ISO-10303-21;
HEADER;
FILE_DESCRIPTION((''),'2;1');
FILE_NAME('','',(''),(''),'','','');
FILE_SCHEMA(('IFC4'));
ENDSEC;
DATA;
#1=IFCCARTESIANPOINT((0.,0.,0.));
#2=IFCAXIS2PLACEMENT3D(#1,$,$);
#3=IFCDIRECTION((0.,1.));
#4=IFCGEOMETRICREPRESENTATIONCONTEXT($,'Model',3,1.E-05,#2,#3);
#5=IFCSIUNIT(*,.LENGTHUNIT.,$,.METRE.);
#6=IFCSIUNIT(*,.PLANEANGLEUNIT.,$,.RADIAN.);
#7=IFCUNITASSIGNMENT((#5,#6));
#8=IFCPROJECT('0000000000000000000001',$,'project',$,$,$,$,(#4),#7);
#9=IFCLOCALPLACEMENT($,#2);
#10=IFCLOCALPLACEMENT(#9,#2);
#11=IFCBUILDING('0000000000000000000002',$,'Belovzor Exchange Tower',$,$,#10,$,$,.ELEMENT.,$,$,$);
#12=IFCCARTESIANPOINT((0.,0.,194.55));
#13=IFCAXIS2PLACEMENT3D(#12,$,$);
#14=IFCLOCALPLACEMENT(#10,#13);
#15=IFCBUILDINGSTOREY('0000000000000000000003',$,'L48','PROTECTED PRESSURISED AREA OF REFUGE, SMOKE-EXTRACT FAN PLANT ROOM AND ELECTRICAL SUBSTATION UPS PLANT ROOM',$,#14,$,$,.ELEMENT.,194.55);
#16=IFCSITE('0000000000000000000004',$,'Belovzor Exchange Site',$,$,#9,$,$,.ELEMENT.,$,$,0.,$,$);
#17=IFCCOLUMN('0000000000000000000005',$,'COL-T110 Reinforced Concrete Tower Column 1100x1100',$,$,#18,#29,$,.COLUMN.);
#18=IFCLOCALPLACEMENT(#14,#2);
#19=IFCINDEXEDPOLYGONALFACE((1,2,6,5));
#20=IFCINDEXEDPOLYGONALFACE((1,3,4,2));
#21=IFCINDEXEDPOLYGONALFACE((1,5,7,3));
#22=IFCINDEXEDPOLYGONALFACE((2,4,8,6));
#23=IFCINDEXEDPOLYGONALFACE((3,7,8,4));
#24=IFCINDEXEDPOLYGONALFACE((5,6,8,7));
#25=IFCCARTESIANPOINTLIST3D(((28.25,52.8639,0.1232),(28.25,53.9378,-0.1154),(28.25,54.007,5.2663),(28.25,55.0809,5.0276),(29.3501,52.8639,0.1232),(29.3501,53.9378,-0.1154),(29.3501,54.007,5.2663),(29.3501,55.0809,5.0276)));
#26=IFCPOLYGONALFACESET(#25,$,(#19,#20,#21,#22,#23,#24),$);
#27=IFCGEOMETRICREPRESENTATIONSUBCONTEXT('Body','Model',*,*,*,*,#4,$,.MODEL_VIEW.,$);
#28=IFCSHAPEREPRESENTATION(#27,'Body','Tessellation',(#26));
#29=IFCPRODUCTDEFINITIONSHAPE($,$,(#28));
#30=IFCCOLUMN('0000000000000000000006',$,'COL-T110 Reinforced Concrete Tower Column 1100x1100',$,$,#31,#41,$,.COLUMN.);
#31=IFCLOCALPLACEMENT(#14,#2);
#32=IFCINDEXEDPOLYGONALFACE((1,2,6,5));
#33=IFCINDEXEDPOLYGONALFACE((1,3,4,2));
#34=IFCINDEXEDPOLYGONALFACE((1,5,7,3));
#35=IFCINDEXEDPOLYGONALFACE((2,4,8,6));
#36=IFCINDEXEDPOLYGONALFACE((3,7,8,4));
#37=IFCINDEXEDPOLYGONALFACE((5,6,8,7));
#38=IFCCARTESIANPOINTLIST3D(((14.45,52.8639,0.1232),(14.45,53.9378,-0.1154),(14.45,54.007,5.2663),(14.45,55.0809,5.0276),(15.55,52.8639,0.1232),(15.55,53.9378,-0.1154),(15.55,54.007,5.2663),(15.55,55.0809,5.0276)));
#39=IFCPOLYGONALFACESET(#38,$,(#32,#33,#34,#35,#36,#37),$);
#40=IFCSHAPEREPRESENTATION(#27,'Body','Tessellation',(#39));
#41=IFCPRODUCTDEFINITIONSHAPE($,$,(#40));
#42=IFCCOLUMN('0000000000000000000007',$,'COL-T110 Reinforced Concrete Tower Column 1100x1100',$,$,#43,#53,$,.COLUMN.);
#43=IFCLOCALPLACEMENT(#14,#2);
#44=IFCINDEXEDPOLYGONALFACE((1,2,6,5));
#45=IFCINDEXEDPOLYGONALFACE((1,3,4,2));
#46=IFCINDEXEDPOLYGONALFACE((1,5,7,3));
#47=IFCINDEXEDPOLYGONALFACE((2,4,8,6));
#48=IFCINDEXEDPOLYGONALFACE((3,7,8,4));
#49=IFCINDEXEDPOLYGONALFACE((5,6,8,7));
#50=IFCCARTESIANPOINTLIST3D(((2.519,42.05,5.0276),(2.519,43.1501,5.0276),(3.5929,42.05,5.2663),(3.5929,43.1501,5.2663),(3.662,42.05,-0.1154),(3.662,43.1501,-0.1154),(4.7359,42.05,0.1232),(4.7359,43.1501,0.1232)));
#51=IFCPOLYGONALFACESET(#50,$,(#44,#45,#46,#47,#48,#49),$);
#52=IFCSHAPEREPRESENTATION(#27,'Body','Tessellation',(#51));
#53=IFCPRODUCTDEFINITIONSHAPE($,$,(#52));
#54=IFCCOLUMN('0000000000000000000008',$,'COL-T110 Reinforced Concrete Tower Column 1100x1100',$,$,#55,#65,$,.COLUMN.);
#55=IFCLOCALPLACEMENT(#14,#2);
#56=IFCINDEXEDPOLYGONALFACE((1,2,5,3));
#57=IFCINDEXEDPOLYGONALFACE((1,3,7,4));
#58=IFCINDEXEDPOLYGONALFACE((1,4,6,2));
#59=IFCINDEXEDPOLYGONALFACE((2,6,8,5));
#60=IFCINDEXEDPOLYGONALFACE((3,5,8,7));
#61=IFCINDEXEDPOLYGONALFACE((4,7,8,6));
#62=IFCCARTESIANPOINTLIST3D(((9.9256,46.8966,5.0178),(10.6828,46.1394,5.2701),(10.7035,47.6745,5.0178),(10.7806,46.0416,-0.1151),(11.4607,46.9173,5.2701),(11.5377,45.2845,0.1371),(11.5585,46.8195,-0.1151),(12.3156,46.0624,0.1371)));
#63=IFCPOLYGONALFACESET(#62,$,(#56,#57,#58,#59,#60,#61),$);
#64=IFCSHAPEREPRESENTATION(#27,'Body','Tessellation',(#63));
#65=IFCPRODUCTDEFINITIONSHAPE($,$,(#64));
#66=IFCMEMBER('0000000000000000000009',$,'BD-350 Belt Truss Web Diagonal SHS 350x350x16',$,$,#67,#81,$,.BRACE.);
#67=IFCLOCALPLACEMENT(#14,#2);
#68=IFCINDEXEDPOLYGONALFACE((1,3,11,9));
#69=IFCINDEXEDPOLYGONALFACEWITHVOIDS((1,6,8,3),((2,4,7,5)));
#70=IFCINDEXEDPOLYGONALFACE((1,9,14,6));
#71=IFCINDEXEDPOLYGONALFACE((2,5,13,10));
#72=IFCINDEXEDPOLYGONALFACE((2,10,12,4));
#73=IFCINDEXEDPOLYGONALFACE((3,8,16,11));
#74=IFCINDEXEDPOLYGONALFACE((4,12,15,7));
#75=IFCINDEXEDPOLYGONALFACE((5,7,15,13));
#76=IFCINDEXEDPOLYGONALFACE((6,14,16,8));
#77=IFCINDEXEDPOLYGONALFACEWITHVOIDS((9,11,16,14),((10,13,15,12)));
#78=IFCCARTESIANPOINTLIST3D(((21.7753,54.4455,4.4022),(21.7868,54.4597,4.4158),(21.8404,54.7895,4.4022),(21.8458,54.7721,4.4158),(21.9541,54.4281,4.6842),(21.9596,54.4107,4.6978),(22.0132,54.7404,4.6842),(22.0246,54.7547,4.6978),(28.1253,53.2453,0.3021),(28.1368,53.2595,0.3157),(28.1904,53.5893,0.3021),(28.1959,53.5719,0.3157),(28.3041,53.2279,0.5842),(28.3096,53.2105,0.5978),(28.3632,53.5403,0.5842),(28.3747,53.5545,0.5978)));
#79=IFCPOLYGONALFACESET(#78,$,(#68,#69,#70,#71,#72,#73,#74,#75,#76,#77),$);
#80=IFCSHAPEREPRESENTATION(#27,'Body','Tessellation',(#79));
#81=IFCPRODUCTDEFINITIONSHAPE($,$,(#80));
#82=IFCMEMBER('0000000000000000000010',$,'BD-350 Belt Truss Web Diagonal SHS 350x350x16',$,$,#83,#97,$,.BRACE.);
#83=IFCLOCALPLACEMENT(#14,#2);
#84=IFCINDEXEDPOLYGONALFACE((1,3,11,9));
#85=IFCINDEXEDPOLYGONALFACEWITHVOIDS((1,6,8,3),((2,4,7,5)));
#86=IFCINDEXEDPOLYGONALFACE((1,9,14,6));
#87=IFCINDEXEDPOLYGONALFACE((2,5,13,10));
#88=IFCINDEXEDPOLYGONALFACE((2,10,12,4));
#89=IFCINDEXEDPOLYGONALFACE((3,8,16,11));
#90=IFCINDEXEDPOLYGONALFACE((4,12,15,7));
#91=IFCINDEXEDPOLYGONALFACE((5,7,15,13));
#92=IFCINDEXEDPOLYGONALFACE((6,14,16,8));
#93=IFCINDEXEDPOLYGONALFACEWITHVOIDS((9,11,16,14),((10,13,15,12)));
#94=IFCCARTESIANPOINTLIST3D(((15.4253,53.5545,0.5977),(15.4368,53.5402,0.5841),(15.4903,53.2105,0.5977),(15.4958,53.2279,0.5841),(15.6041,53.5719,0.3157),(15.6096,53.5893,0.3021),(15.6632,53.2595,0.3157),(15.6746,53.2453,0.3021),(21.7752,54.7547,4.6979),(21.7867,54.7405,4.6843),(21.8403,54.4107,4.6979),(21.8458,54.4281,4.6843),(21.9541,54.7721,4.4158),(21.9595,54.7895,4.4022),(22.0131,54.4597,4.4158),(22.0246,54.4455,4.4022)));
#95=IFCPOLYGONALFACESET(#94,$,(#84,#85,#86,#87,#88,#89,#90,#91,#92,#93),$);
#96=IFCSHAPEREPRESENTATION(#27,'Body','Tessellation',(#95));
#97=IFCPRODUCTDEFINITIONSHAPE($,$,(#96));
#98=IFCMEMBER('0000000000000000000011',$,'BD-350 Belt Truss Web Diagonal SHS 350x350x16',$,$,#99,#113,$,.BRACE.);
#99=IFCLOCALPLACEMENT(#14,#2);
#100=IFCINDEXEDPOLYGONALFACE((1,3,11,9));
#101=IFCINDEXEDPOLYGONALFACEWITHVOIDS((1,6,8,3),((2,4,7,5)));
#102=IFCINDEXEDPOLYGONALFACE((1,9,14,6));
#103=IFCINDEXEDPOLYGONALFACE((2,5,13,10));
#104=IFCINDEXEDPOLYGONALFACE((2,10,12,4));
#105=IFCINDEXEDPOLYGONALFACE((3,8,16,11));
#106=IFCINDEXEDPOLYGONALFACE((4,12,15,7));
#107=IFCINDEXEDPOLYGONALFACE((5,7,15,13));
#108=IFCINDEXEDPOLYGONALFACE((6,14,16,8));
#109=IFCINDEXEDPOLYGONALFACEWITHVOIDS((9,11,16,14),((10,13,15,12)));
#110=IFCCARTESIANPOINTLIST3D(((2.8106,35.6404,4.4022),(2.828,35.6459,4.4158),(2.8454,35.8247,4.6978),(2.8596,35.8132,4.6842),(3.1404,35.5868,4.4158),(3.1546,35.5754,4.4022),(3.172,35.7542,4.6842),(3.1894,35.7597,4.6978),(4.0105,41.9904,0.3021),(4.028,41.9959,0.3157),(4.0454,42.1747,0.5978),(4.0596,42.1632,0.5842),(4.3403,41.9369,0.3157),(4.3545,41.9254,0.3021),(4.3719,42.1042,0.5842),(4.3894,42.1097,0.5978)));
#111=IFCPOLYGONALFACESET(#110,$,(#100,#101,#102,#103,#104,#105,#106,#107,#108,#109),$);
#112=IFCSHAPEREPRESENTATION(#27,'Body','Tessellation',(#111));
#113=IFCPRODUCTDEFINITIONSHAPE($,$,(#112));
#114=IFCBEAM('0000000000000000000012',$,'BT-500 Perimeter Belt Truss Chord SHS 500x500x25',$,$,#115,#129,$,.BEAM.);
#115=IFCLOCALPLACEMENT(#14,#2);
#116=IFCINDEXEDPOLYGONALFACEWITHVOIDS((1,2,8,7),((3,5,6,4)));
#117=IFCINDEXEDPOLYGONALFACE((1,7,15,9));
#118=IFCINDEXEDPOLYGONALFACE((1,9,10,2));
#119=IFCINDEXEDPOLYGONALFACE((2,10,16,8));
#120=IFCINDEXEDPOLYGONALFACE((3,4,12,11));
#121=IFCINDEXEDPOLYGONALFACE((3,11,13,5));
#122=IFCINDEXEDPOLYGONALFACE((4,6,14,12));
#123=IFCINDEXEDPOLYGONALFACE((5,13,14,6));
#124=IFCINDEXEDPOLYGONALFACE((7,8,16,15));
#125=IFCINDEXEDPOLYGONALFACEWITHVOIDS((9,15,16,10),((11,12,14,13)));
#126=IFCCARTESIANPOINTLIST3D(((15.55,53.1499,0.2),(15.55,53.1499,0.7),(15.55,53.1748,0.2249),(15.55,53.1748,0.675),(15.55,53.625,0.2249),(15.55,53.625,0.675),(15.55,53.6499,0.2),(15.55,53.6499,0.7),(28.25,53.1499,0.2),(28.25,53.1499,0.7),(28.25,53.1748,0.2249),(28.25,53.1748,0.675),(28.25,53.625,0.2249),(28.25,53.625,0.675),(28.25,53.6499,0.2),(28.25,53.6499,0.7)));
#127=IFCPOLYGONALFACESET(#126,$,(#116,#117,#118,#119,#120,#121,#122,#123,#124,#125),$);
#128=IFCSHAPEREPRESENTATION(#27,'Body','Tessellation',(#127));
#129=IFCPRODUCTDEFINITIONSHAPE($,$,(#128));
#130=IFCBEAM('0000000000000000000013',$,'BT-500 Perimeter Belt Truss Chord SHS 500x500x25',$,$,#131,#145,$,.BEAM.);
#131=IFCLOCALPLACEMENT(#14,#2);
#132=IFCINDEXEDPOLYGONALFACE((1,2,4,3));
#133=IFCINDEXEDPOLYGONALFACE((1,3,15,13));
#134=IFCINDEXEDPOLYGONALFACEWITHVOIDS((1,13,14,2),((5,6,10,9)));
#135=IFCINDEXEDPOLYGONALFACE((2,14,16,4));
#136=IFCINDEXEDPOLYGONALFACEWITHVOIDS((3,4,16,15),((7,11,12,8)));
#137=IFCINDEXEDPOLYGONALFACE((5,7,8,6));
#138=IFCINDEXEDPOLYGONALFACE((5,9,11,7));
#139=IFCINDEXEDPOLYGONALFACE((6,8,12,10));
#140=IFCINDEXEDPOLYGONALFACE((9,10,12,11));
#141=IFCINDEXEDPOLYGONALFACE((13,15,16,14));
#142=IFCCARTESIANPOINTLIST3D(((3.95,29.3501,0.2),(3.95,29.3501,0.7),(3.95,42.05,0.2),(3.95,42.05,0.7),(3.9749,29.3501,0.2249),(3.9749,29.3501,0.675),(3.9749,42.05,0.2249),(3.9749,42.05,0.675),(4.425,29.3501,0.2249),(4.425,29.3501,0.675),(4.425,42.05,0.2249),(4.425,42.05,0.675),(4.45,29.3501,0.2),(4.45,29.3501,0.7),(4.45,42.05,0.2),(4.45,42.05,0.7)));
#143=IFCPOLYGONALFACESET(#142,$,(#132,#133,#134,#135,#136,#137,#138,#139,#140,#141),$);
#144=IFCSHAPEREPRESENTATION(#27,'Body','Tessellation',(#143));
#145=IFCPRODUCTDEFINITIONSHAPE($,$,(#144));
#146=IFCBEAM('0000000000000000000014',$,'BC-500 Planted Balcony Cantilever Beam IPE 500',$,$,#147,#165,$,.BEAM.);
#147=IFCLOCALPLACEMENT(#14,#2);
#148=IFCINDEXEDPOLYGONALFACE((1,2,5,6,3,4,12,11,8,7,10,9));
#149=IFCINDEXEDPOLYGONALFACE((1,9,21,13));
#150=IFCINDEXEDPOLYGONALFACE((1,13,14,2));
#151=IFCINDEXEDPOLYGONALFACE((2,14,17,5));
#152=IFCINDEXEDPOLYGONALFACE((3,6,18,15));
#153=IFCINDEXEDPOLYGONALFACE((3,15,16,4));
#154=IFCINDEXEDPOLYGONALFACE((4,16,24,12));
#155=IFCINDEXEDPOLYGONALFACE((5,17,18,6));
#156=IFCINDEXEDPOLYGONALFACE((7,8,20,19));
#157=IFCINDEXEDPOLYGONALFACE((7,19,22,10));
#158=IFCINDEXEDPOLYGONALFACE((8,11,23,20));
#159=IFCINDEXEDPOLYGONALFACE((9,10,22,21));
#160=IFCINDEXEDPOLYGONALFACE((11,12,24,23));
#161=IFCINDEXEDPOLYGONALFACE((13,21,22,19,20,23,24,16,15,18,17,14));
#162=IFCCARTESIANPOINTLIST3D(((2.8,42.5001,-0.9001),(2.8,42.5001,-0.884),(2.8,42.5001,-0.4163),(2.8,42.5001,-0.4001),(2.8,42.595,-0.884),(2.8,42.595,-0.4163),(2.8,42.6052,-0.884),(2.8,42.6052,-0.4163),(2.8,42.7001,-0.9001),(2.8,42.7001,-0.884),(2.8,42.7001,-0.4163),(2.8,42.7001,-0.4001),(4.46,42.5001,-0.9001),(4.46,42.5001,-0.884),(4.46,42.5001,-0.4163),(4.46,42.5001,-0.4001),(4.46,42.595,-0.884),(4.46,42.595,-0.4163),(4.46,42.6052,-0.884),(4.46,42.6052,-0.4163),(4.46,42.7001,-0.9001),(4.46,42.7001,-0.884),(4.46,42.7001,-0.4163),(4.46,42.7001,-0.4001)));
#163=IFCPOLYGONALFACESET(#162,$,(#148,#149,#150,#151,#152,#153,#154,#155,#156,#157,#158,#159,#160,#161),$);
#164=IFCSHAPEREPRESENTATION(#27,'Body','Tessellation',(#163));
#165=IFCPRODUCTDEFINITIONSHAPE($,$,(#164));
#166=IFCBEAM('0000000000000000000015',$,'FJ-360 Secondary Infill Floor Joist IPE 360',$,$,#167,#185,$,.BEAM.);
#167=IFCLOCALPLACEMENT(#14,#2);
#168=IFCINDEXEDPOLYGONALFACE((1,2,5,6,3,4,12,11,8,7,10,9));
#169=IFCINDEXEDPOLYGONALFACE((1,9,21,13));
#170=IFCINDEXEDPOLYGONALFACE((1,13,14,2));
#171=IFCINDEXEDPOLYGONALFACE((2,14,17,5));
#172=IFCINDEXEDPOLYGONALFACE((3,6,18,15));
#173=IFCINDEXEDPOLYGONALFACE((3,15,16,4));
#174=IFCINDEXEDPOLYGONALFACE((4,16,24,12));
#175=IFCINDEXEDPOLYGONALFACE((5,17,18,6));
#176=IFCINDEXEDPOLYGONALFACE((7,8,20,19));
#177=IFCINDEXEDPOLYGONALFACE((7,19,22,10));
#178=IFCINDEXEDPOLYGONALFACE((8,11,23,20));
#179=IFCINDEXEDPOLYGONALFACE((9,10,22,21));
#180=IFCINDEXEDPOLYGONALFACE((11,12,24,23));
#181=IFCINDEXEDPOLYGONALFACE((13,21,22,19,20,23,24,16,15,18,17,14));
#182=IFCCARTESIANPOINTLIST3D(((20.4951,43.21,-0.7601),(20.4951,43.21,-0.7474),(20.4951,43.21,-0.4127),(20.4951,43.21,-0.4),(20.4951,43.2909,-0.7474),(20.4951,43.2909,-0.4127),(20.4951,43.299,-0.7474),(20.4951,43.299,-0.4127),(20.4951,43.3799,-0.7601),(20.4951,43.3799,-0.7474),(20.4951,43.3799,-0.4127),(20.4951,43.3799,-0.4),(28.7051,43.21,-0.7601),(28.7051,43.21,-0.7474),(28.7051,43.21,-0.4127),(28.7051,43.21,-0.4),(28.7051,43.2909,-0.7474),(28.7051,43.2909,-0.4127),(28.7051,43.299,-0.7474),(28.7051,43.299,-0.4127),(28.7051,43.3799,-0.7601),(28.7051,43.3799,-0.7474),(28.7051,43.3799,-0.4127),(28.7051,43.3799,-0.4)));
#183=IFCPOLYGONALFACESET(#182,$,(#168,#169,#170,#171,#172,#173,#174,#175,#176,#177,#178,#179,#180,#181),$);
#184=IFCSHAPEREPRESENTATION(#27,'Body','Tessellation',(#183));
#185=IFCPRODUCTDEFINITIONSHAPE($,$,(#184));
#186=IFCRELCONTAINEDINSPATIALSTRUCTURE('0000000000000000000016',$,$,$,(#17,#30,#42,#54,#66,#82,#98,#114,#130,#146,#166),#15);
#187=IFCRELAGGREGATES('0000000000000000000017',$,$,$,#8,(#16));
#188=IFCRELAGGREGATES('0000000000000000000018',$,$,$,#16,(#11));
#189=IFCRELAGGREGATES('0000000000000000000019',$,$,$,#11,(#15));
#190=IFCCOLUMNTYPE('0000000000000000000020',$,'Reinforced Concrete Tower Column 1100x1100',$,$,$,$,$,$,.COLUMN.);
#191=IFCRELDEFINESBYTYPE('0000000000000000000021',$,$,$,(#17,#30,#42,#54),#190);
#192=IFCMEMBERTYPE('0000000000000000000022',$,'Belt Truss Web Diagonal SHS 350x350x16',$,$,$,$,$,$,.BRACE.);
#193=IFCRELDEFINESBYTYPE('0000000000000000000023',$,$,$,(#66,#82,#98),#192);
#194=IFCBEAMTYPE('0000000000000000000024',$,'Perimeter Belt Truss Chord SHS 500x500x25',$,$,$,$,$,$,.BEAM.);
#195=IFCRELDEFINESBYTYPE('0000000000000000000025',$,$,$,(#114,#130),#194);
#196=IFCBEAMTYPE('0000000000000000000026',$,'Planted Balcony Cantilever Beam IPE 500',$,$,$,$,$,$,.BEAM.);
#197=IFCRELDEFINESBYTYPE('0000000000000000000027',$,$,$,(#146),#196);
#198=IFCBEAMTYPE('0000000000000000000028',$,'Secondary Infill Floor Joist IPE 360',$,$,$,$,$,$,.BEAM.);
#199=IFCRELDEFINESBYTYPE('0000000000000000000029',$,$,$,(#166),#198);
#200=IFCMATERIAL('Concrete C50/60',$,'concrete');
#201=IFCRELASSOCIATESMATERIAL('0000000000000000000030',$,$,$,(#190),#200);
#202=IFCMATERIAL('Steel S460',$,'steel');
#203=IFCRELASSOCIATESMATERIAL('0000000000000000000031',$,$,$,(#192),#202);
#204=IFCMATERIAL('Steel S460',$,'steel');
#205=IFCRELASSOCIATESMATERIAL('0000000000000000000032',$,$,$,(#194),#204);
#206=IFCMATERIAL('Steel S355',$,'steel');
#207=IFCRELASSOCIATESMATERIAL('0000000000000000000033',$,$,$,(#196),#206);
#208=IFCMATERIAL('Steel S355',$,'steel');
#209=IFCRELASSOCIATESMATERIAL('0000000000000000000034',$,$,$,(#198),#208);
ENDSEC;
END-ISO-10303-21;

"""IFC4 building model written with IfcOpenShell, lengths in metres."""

from ifc_helpers import new_model, si_unit, direction, frame, origin, origin_2d, place, context, subcontext, project, spatial, rectangle, hollow_rectangle, i_section, extrude, material, material_profile, profile_set, type_object, element, save


model = new_model("IFC4")

# Units and contexts
model_context = context("Model", 3, precision=1e-05, world=origin(), true_north=direction((0.0, 1.0)))
body_context = subcontext(model_context, "Body", "Model", "MODEL_VIEW")
ifc_project = project(units=[si_unit("LENGTHUNIT", "METRE"), si_unit("PLANEANGLEUNIT", "RADIAN")], contexts=[model_context])

# Site, building, storey
site_placement = place(None, origin())
site = spatial("IfcSite", under=ifc_project, at=site_placement, Name="Belovzor Exchange Site", CompositionType="ELEMENT", RefElevation=0.0)
building_placement = place(site_placement, origin())
building = spatial("IfcBuilding", under=site, at=building_placement, Name="Belovzor Exchange Tower", CompositionType="ELEMENT")
storey_placement = place(building_placement, frame((0.0, 0.0, 194.55)))
storey = spatial("IfcBuildingStorey", under=building, at=storey_placement, Name="L48", Description="PROTECTED PRESSURISED AREA OF REFUGE, SMOKE-EXTRACT FAN PLANT ROOM AND ELECTRICAL SUBSTATION UPS PLANT ROOM", CompositionType="ELEMENT", Elevation=194.55)

# Columns
ifc_material_1 = material(Name="Concrete C50/60", Category="concrete")
ifc_material_profile_1 = material_profile(ifc_material_1, rectangle(XDim=1.1001, YDim=1.1001, at=origin_2d()))
ifc_profile_set_1 = profile_set([ifc_material_profile_1], Name="Concrete C50/60")
column_type = type_object("IfcColumnType", Name="Reinforced Concrete Tower Column 1100x1100", PredefinedType="COLUMN", material=ifc_profile_set_1)
for number, where, z_axis, x_axis, name in (
    (1, (28.8, 53.4009, 0.0039), (0.0, 0.21696, 0.976181), (-1.0, 0.0, 0.0), "COL-T110 Reinforced Concrete Tower Column 1100x1100"),
    (2, (15.0, 53.4009, 0.0039), (0.0, 0.21696, 0.976181), (-1.0, 0.0, 0.0), "COL-T110 Reinforced Concrete Tower Column 1100x1100"),
    (3, (4.199, 42.6001, 0.0039), (-0.21696, 0.0, 0.976181), (0.0, -1.0, 0.0), "COL-T110 Reinforced Concrete Tower Column 1100x1100"),
):
    element("IfcColumn", number, at=place(storey_placement, frame(where, z_axis=z_axis, x_axis=x_axis)), inside=storey, type_object=column_type, Name=name, PredefinedType="COLUMN", context=body_context, shape_type="SweptSolid", body=[
        extrude(rectangle(XDim=1.1001, YDim=1.1001, at=origin_2d()), origin(), (0.0, 0.0, 1.0), 5.2686),
    ])
column_placement = place(storey_placement, frame((11.5481, 46.052, 0.011), z_axis=(-0.162126, 0.162126, 0.97336), x_axis=(-0.707107, -0.707107, 0.0)))
element("IfcColumn", 4, at=column_placement, inside=storey, type_object=column_type, Name="COL-T110 Reinforced Concrete Tower Column 1100x1100", PredefinedType="COLUMN", context=body_context, shape_type="SweptSolid", body=[
    extrude(rectangle(XDim=1.1001, YDim=1.1001, at=origin_2d()), origin(), (0.0, 0.0, 1.0), 5.2734),
])

# Members
ifc_material_2 = material(Name="Steel S460", Category="steel")
ifc_material_profile_2 = material_profile(ifc_material_2, hollow_rectangle(XDim=0.3501, YDim=0.3501, WallThickness=0.0161, at=origin_2d()))
ifc_profile_set_2 = profile_set([ifc_material_profile_2], Name="Steel S460")
member_type_1 = type_object("IfcMemberType", Name="Belt Truss Web Diagonal SHS 350x350x16", PredefinedType="BRACE", material=ifc_profile_set_2)
for number, where, z_axis, x_axis, name in (
    (5, (28.25, 53.3999, 0.45), (-0.829706, 0.156818, 0.53572), (-0.185716, -0.982603, 0.0), "BD-350 Belt Truss Web Diagonal SHS 350x350x16"),
    (6, (21.8999, 54.6001, 4.55), (-0.829696, -0.156822, -0.535734), (0.185723, -0.982602, 0.0), "BD-350 Belt Truss Web Diagonal SHS 350x350x16"),
    (7, (4.2, 42.05, 0.45), (-0.156787, -0.82971, 0.535723), (0.98261, -0.18568, 0.0), "BD-350 Belt Truss Web Diagonal SHS 350x350x16"),
):
    element("IfcMember", number, at=place(storey_placement, frame(where, z_axis=z_axis, x_axis=x_axis)), inside=storey, type_object=member_type_1, Name=name, PredefinedType="BRACE", context=body_context, shape_type="SweptSolid", body=[
        extrude(hollow_rectangle(XDim=0.3501, YDim=0.3501, WallThickness=0.0161, at=origin_2d()), origin(), (0.0, 0.0, 1.0), 7.6533),
    ])

# Beams
ifc_material_3 = material(Name="Steel S460", Category="steel")
ifc_material_profile_3 = material_profile(ifc_material_3, hollow_rectangle(XDim=0.5, YDim=0.5, WallThickness=0.0249, at=origin_2d()))
ifc_profile_set_3 = profile_set([ifc_material_profile_3], Name="Steel S460")
beam_type_1 = type_object("IfcBeamType", Name="Perimeter Belt Truss Chord SHS 500x500x25", PredefinedType="BEAM", material=ifc_profile_set_3)
for number, where, z_axis, x_axis, name in (
    (8, (28.25, 53.3999, 0.45), (-1.0, 0.0, 0.0), (0.0, -1.0, 0.0), "BT-500 Perimeter Belt Truss Chord SHS 500x500x25"),
    (9, (4.2, 42.05, 0.45), (0.0, -1.0, 0.0), (1.0, 0.0, 0.0), "BT-500 Perimeter Belt Truss Chord SHS 500x500x25"),
):
    element("IfcBeam", number, at=place(storey_placement, frame(where, z_axis=z_axis, x_axis=x_axis)), inside=storey, type_object=beam_type_1, Name=name, PredefinedType="BEAM", context=body_context, shape_type="SweptSolid", body=[
        extrude(hollow_rectangle(XDim=0.5, YDim=0.5, WallThickness=0.0249, at=origin_2d()), origin(), (0.0, 0.0, 1.0), 12.7),
    ])
ifc_material_4 = material(Name="Steel S355", Category="steel")
ifc_material_profile_4 = material_profile(ifc_material_4, i_section(OverallWidth=0.2, OverallDepth=0.5, WebThickness=0.0103, FlangeThickness=0.0161, at=origin_2d()))
ifc_profile_set_4 = profile_set([ifc_material_profile_4], Name="Steel S355")
beam_type_2 = type_object("IfcBeamType", Name="Planted Balcony Cantilever Beam IPE 500", PredefinedType="BEAM", material=ifc_profile_set_4)
beam_1_placement = place(storey_placement, frame((4.46, 42.6001, -0.6501), z_axis=(-1.0, 0.0, 0.0), x_axis=(0.0, -1.0, 0.0)))
element("IfcBeam", 10, at=beam_1_placement, inside=storey, type_object=beam_type_2, Name="BC-500 Planted Balcony Cantilever Beam IPE 500", PredefinedType="BEAM", context=body_context, shape_type="SweptSolid", body=[
    extrude(i_section(OverallWidth=0.2, OverallDepth=0.5, WebThickness=0.0103, FlangeThickness=0.0161, at=origin_2d()), origin(), (0.0, 0.0, 1.0), 1.6599),
])
ifc_material_5 = material(Name="Steel S355", Category="steel")
ifc_material_profile_5 = material_profile(ifc_material_5, i_section(OverallWidth=0.1699, OverallDepth=0.3601, WebThickness=0.0081, FlangeThickness=0.0127, at=origin_2d()))
ifc_profile_set_5 = profile_set([ifc_material_profile_5], Name="Steel S355")
beam_type_3 = type_object("IfcBeamType", Name="Secondary Infill Floor Joist IPE 360", PredefinedType="BEAM", material=ifc_profile_set_5)
beam_2_placement = place(storey_placement, frame((20.4951, 43.2949, -0.5801), z_axis=(1.0, 0.0, 0.0), x_axis=(0.0, 1.0, 0.0)))
element("IfcBeam", 11, at=beam_2_placement, inside=storey, type_object=beam_type_3, Name="FJ-360 Secondary Infill Floor Joist IPE 360", PredefinedType="BEAM", context=body_context, shape_type="SweptSolid", body=[
    extrude(i_section(OverallWidth=0.1699, OverallDepth=0.3601, WebThickness=0.0081, FlangeThickness=0.0127, at=origin_2d()), origin(), (0.0, 0.0, 1.0), 8.21),
])

save(model, "model.ifc")
